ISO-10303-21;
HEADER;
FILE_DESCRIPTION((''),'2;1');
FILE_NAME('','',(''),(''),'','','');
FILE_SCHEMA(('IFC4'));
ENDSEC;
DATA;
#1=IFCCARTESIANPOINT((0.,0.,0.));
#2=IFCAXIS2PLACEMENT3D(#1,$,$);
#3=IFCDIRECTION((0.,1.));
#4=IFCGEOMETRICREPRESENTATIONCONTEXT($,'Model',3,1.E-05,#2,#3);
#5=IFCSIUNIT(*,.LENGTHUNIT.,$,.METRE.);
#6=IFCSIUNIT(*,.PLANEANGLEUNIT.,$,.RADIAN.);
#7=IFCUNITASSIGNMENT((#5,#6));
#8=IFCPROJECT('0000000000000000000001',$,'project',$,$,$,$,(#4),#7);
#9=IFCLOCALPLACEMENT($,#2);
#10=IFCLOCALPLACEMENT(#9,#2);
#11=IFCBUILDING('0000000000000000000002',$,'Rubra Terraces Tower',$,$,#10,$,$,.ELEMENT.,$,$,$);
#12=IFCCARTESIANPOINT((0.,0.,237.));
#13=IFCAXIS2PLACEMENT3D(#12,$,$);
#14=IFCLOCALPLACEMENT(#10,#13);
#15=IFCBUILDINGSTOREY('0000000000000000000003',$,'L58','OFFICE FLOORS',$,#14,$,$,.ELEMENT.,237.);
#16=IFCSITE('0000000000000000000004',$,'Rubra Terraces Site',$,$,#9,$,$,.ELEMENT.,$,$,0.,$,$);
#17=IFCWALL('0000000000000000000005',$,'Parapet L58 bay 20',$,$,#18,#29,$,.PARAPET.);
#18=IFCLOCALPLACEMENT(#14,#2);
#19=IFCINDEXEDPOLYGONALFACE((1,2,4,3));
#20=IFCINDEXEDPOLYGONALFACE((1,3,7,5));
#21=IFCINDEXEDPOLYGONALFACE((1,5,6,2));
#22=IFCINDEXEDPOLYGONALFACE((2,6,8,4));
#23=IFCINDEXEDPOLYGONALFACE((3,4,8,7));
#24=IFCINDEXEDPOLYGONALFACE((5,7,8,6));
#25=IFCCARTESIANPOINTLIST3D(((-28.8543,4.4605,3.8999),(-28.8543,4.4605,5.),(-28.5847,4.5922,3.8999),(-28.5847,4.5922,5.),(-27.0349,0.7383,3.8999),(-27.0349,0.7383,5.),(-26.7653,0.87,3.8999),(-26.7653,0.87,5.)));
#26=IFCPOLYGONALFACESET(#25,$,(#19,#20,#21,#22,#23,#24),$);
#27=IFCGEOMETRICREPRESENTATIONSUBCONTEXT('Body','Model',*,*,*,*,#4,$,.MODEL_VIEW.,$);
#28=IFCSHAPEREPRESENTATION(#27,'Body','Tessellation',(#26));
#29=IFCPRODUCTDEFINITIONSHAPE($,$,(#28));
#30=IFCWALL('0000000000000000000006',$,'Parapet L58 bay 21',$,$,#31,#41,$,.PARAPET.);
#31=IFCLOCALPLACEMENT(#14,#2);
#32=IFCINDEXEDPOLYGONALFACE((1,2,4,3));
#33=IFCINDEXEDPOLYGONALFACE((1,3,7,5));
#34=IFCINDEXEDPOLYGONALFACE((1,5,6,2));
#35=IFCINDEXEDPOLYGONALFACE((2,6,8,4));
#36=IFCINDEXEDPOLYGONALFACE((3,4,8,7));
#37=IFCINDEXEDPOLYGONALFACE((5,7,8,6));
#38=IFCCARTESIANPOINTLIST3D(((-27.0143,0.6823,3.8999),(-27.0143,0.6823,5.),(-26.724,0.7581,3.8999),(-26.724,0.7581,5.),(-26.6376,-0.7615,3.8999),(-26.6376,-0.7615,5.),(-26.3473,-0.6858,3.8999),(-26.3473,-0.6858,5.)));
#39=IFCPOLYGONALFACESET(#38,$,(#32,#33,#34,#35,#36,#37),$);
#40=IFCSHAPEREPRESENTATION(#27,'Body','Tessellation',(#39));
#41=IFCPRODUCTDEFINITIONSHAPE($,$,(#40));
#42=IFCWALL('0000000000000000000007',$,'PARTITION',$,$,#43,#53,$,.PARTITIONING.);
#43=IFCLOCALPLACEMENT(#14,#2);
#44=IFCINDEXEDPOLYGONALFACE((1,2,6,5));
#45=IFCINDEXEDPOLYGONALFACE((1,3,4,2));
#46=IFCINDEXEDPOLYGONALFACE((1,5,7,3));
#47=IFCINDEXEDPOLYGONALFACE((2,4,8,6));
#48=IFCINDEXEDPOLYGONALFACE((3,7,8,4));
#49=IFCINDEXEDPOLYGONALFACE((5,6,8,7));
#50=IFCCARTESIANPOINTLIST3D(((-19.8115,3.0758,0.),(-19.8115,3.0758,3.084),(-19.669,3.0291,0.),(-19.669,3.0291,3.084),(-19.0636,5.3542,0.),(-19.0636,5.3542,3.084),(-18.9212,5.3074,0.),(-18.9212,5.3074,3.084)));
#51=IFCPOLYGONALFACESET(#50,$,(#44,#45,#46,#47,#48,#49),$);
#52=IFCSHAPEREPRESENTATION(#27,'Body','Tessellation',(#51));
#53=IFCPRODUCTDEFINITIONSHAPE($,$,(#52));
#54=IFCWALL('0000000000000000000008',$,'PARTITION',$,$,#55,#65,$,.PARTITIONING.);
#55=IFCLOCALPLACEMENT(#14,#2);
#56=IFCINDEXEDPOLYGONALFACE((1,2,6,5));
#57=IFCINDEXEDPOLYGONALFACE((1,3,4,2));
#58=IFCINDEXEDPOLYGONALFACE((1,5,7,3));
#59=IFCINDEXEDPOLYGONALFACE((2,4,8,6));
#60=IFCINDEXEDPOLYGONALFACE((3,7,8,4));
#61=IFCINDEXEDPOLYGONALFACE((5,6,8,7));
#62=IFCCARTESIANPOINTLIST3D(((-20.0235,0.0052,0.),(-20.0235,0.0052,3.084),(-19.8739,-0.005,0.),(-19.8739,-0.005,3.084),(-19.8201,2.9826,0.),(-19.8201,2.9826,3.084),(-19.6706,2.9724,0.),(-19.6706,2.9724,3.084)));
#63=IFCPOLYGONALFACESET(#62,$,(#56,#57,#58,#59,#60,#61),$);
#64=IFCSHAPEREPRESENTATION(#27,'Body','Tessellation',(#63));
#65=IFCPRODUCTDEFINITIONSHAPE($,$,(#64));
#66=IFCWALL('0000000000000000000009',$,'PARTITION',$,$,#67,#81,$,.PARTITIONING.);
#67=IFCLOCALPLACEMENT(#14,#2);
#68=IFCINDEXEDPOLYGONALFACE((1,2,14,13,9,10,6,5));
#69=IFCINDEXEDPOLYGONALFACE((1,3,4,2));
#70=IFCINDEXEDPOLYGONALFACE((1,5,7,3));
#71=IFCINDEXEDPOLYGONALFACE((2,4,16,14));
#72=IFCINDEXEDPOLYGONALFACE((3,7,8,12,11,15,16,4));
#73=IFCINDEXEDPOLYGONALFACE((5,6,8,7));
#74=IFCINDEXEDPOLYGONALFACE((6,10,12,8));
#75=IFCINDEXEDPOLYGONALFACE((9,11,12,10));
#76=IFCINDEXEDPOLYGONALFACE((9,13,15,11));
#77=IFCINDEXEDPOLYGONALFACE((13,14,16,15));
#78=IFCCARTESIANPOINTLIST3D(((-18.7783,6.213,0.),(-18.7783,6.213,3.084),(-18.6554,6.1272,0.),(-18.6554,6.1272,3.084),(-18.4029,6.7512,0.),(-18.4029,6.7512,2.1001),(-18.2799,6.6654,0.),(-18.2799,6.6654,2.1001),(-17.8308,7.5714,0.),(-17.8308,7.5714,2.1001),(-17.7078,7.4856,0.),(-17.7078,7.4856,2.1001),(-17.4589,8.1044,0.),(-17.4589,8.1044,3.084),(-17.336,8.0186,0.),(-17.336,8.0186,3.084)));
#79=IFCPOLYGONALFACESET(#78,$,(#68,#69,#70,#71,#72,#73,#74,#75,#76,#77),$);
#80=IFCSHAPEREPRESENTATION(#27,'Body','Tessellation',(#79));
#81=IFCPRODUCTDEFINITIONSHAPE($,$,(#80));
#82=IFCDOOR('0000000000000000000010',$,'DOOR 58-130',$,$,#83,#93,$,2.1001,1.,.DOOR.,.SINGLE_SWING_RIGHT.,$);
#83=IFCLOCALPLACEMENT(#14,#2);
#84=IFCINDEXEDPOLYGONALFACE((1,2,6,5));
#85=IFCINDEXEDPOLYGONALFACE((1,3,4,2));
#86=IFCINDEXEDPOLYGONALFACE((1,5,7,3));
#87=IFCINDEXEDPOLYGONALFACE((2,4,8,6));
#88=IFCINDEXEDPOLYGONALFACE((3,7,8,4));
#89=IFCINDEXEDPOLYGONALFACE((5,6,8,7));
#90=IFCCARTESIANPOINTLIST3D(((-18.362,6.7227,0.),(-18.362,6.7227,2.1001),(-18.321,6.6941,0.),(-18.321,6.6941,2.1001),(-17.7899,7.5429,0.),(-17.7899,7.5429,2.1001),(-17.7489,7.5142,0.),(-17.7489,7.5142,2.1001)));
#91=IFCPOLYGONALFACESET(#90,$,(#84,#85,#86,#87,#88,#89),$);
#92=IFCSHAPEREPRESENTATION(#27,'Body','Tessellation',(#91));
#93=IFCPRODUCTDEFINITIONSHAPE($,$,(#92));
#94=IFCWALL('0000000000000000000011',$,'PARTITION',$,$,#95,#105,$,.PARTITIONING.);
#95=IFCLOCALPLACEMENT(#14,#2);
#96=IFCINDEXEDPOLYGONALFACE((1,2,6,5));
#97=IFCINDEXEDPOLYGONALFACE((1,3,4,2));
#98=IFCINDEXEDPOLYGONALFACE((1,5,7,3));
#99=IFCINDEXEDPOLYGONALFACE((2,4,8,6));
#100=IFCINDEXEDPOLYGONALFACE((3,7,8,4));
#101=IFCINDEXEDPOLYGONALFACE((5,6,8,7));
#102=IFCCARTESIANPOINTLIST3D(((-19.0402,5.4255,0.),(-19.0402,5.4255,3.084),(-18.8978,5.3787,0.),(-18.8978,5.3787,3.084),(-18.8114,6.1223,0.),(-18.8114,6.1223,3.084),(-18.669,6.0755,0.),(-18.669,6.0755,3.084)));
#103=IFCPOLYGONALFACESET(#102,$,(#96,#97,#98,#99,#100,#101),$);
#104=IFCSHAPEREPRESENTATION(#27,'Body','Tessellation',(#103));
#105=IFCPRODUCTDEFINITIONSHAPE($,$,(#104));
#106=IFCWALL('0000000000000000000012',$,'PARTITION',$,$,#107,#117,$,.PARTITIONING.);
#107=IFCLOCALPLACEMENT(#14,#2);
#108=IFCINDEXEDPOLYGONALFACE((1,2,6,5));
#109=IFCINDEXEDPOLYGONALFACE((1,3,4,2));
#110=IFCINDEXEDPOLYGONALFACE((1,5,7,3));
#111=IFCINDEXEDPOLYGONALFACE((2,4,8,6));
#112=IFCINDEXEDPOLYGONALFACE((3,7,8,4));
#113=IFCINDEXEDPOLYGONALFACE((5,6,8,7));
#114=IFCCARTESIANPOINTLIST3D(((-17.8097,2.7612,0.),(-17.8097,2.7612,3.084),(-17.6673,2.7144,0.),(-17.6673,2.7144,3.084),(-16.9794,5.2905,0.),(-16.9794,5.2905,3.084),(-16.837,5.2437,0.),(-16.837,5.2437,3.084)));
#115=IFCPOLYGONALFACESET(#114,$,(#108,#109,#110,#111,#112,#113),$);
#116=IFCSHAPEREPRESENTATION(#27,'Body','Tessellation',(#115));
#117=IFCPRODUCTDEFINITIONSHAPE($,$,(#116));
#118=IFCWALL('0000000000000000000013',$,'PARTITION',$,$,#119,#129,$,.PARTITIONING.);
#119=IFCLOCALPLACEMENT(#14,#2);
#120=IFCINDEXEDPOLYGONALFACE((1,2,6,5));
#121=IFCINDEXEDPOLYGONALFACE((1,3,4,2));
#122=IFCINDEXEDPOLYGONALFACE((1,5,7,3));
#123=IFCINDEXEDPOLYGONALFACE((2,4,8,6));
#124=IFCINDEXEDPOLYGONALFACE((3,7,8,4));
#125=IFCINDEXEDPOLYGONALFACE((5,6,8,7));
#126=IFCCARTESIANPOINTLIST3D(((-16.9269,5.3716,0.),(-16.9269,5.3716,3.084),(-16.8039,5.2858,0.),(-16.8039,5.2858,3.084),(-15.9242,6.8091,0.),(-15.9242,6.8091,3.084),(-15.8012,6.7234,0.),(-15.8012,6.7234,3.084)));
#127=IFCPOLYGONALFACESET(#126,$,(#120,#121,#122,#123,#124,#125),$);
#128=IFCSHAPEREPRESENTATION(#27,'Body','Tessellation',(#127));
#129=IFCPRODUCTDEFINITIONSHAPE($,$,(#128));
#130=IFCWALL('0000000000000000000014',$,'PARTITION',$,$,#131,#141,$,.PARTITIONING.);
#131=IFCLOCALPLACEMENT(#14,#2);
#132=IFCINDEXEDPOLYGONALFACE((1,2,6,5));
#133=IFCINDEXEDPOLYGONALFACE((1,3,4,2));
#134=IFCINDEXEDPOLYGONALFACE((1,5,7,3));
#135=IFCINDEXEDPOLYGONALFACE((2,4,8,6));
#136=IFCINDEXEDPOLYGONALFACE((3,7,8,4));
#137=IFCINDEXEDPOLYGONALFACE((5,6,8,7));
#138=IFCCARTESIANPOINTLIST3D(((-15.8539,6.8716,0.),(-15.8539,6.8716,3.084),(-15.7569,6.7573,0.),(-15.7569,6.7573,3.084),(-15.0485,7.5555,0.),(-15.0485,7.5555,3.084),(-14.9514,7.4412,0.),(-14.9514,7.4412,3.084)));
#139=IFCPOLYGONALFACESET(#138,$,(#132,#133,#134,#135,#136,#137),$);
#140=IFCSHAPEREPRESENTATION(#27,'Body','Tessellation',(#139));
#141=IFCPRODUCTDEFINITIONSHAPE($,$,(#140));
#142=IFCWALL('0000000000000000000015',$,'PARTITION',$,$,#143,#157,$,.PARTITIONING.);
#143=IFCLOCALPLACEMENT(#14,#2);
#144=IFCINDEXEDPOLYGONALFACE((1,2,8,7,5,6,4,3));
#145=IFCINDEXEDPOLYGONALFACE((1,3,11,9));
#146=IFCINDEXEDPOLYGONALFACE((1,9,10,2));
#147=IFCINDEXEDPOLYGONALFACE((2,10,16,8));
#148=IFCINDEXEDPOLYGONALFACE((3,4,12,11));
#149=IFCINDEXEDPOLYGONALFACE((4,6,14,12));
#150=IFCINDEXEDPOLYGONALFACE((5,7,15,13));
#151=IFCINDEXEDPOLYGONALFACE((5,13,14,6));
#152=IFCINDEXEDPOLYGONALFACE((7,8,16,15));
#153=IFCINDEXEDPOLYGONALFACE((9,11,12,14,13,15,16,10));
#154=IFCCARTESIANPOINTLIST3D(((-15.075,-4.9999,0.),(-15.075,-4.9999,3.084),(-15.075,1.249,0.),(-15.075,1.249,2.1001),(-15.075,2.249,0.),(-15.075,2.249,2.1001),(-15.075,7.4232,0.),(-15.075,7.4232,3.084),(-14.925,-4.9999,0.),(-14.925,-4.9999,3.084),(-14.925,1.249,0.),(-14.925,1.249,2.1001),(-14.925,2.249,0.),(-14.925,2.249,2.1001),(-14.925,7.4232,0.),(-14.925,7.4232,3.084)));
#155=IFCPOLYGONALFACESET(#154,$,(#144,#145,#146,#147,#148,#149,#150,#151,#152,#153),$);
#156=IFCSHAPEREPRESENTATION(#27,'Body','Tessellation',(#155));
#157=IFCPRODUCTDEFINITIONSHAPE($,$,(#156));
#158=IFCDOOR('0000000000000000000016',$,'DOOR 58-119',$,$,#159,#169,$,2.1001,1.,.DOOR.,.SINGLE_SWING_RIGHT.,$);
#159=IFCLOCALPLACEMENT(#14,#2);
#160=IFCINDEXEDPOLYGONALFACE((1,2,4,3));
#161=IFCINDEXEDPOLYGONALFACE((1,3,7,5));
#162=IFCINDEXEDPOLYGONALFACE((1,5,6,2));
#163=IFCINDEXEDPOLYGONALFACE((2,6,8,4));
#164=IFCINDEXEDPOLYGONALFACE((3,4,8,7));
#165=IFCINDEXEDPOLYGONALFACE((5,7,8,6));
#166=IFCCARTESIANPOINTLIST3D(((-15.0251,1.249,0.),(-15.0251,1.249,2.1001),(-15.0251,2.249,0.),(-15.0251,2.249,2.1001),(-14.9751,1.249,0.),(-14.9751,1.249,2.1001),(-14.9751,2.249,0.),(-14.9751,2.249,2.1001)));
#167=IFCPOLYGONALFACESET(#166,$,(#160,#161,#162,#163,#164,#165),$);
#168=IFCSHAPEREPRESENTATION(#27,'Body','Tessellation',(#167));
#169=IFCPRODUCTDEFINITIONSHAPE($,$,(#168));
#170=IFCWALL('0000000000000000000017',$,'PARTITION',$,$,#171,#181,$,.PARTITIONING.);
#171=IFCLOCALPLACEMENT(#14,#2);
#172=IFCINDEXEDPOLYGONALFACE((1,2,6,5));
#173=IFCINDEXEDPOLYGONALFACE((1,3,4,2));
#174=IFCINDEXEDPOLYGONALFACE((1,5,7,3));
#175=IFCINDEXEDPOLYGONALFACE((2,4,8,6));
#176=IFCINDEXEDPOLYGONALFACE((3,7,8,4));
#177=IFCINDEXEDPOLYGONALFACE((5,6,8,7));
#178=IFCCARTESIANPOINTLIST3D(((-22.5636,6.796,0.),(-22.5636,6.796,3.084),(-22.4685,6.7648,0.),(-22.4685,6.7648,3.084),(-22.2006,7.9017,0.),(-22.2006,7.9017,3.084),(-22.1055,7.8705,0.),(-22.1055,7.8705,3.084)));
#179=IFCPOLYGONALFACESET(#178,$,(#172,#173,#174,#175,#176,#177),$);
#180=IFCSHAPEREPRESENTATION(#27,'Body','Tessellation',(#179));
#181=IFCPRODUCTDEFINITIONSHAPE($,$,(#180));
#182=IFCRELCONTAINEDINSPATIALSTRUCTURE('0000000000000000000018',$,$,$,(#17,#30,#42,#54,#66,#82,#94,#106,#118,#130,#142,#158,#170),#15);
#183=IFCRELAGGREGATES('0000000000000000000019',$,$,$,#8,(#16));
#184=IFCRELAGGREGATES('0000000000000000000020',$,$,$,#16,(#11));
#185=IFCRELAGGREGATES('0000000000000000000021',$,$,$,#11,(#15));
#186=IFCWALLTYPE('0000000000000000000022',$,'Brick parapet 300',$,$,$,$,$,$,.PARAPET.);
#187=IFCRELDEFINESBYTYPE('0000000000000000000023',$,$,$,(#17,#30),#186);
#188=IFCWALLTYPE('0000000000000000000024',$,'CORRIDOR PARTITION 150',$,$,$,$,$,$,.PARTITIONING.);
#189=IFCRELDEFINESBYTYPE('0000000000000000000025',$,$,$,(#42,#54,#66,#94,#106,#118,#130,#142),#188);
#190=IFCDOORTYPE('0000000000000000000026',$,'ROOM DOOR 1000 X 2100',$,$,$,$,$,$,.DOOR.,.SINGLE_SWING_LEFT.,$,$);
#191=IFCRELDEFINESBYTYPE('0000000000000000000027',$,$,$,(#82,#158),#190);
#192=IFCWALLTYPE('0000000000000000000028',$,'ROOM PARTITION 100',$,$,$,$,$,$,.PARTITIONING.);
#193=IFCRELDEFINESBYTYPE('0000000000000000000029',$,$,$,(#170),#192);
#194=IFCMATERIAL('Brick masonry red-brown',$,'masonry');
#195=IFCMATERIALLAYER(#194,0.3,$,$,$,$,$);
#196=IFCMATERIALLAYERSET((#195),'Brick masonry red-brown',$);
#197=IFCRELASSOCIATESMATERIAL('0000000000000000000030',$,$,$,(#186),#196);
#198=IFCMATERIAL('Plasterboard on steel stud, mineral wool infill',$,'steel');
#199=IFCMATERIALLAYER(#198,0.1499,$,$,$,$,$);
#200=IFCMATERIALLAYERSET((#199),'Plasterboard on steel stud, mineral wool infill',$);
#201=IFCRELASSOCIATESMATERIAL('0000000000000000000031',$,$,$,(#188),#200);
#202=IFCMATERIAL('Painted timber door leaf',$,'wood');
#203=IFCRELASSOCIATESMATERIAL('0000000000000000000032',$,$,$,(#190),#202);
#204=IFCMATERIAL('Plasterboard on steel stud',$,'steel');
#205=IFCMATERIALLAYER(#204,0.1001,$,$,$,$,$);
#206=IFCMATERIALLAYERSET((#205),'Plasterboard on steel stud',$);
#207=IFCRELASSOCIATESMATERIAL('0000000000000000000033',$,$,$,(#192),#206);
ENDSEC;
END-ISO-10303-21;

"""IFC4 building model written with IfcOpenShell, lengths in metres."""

from ifc_helpers import new_model, si_unit, direction, frame, frame_2d, origin, place, context, subcontext, project, spatial, rectangle, extrude, material, layer, layer_set, type_object, element, fill, save


model = new_model("IFC4")

# Units and contexts
model_context = context("Model", 3, precision=1e-05, world=origin(), true_north=direction((0.0, 1.0)))
body_context = subcontext(model_context, "Body", "Model", "MODEL_VIEW")
ifc_project = project(units=[si_unit("LENGTHUNIT", "METRE"), si_unit("PLANEANGLEUNIT", "RADIAN")], contexts=[model_context])

# Site, building, storey
site_placement = place(None, origin())
site = spatial("IfcSite", under=ifc_project, at=site_placement, Name="Rubra Terraces Site", CompositionType="ELEMENT", RefElevation=0.0)
building_placement = place(site_placement, origin())
building = spatial("IfcBuilding", under=site, at=building_placement, Name="Rubra Terraces Tower", CompositionType="ELEMENT")
storey_placement = place(building_placement, frame((0.0, 0.0, 237.0)))
storey = spatial("IfcBuildingStorey", under=building, at=storey_placement, Name="L58", Description="OFFICE FLOORS", CompositionType="ELEMENT", Elevation=237.0)

# Shared definitions
ifc_material_1 = material(Name="Brick masonry red-brown", Category="masonry")

# Walls
ifc_layer_1 = layer(ifc_material_1, 0.3)
ifc_layer_set_1 = layer_set([ifc_layer_1], Name="Brick masonry red-brown")
wall_type_1 = type_object("IfcWallType", Name="Brick parapet 300", PredefinedType="PARAPET", material=ifc_layer_set_1)
wall_1_placement = place(storey_placement, frame((-28.7195, 4.5264, 3.8999), z_axis=(0.0, 0.0, 1.0), x_axis=(0.439134, -0.898422, 0.0)))
element("IfcWall", 1, at=wall_1_placement, inside=storey, type_object=wall_type_1, Name="Parapet L58 bay 20", PredefinedType="PARAPET", context=body_context, shape_type="SweptSolid", body=[
    extrude(rectangle(XDim=4.1431, YDim=0.3, at=frame_2d((2.0715, 0.0))), origin(), (0.0, 0.0, 1.0), 1.1001),
])
wall_2_placement = place(storey_placement, frame((-26.8691, 0.7202, 3.8999), z_axis=(0.0, 0.0, 1.0), x_axis=(0.252455, -0.967609, 0.0)))
element("IfcWall", 2, at=wall_2_placement, inside=storey, type_object=wall_type_1, Name="Parapet L58 bay 21", PredefinedType="PARAPET", context=body_context, shape_type="SweptSolid", body=[
    extrude(rectangle(XDim=1.4922, YDim=0.3, at=frame_2d((0.7461, 0.0))), origin(), (0.0, 0.0, 1.0), 1.1001),
])
ifc_material_2 = material(Name="Plasterboard on steel stud, mineral wool infill", Category="steel")
ifc_layer_2 = layer(ifc_material_2, 0.1499)
ifc_layer_set_2 = layer_set([ifc_layer_2], Name="Plasterboard on steel stud, mineral wool infill")
wall_type_2 = type_object("IfcWallType", Name="CORRIDOR PARTITION 150", PredefinedType="PARTITIONING", material=ifc_layer_set_2)
wall_3_placement = place(storey_placement, frame((-18.9924, 5.3308, 0.0), z_axis=(0.0, 0.0, 1.0), x_axis=(-0.311857, -0.950129, 0.0)))
element("IfcWall", 3, at=wall_3_placement, inside=storey, type_object=wall_type_2, Name="PARTITION", PredefinedType="PARTITIONING", context=body_context, shape_type="SweptSolid", body=[
    extrude(rectangle(XDim=2.3979, YDim=0.1499, at=frame_2d((1.199, 0.0))), origin(), (0.0, 0.0, 1.0), 3.084),
])
wall_4_placement = place(storey_placement, frame((-19.7454, 2.9775, 0.0), z_axis=(0.0, 0.0, 1.0), x_axis=(-0.068142, -0.997676, 0.0)))
element("IfcWall", 4, at=wall_4_placement, inside=storey, type_object=wall_type_2, Name="PARTITION", PredefinedType="PARTITIONING", context=body_context, shape_type="SweptSolid", body=[
    extrude(rectangle(XDim=2.9844, YDim=0.1499, at=frame_2d((1.4922, 0.0))), origin(), (0.0, 0.0, 1.0), 3.084),
])

# Wall, opening, door
wall_5_placement = place(storey_placement, frame((-17.3975, 8.0615, 0.0), z_axis=(0.0, 0.0, 1.0), x_axis=(-0.572119, -0.820171, 0.0)))
wall_5 = element("IfcWall", 5, at=wall_5_placement, inside=storey, type_object=wall_type_2, Name="PARTITION", PredefinedType="PARTITIONING", context=body_context, shape_type="SweptSolid", body=[
    extrude(rectangle(XDim=2.3062, YDim=0.1499, at=frame_2d((1.1531, 0.0))), origin(), (0.0, 0.0, 1.0), 3.084),
])
opening_1_placement = place(wall_5_placement, frame((0.6499, 0.0, 0.0)))
opening_1 = element("IfcOpeningElement", 6, at=opening_1_placement, cuts=wall_5, PredefinedType="OPENING", context=body_context, shape_type="SweptSolid", body=[
    extrude(rectangle(XDim=1.0, YDim=2.1001, at=frame_2d((0.5, 1.05))), frame((0.0, 0.085, 0.0), z_axis=(0.0, -1.0, 0.0), x_axis=(1.0, 0.0, 0.0)), (0.0, 0.0, 1.0), 0.1699),
])
ifc_material_3 = material(Name="Painted timber door leaf", Category="wood")
door_type = type_object("IfcDoorType", Name="ROOM DOOR 1000 X 2100", OperationType="SINGLE_SWING_LEFT", PredefinedType="DOOR", material=ifc_material_3)
door_1_placement = place(opening_1_placement, origin())
door_1 = element("IfcDoor", 7, at=door_1_placement, inside=storey, type_object=door_type, Name="DOOR 58-130", OperationType="SINGLE_SWING_RIGHT", OverallHeight=2.1001, OverallWidth=1.0, PredefinedType="DOOR", context=body_context, shape_type="SweptSolid", body=[
    extrude(rectangle(XDim=1.0, YDim=2.1001, at=frame_2d((0.5, 1.05))), frame((0.0, 0.0249, 0.0), z_axis=(0.0, -1.0, 0.0), x_axis=(1.0, 0.0, 0.0)), (0.0, 0.0, 1.0), 0.05),
])
fill(opening_1, door_1)

# Walls
wall_6_placement = place(storey_placement, frame((-18.7402, 6.0989, 0.0), z_axis=(0.0, 0.0, 1.0), x_axis=(-0.31193, -0.950105, 0.0)))
element("IfcWall", 8, at=wall_6_placement, inside=storey, type_object=wall_type_2, Name="PARTITION", PredefinedType="PARTITIONING", context=body_context, shape_type="SweptSolid", body=[
    extrude(rectangle(XDim=0.7334, YDim=0.1499, at=frame_2d((0.3667, 0.0))), origin(), (0.0, 0.0, 1.0), 3.084),
])
wall_7_placement = place(storey_placement, frame((-17.7385, 2.7378, 0.0), z_axis=(0.0, 0.0, 1.0), x_axis=(0.311905, 0.950113, 0.0)))
element("IfcWall", 9, at=wall_7_placement, inside=storey, type_object=wall_type_2, Name="PARTITION", PredefinedType="PARTITIONING", context=body_context, shape_type="SweptSolid", body=[
    extrude(rectangle(XDim=2.6621, YDim=0.1499, at=frame_2d((1.3311, 0.0))), origin(), (0.0, 0.0, 1.0), 3.084),
])
wall_8_placement = place(storey_placement, frame((-16.8655, 5.3286, 0.0), z_axis=(0.0, 0.0, 1.0), x_axis=(0.572097, 0.820186, 0.0)))
element("IfcWall", 10, at=wall_8_placement, inside=storey, type_object=wall_type_2, Name="PARTITION", PredefinedType="PARTITIONING", context=body_context, shape_type="SweptSolid", body=[
    extrude(rectangle(XDim=1.7527, YDim=0.1499, at=frame_2d((0.8765, 0.0))), origin(), (0.0, 0.0, 1.0), 3.084),
])
wall_9_placement = place(storey_placement, frame((-15.8054, 6.8145, 0.0), z_axis=(0.0, 0.0, 1.0), x_axis=(0.762298, 0.647226, 0.0)))
element("IfcWall", 11, at=wall_9_placement, inside=storey, type_object=wall_type_2, Name="PARTITION", PredefinedType="PARTITIONING", context=body_context, shape_type="SweptSolid", body=[
    extrude(rectangle(XDim=1.0566, YDim=0.1499, at=frame_2d((0.5283, 0.0))), origin(), (0.0, 0.0, 1.0), 3.084),
])

# Wall, opening, door
wall_10_placement = place(storey_placement, frame((-15.0, 7.4231, 0.0), z_axis=(0.0, 0.0, 1.0), x_axis=(0.0, -1.0, 0.0)))
wall_10 = element("IfcWall", 12, at=wall_10_placement, inside=storey, type_object=wall_type_2, Name="PARTITION", PredefinedType="PARTITIONING", context=body_context, shape_type="SweptSolid", body=[
    extrude(rectangle(XDim=12.4231, YDim=0.1499, at=frame_2d((6.2114, 0.0))), origin(), (0.0, 0.0, 1.0), 3.084),
])
opening_2_placement = place(wall_10_placement, frame((5.1741, 0.0, 0.0)))
opening_2 = element("IfcOpeningElement", 13, at=opening_2_placement, cuts=wall_10, PredefinedType="OPENING", context=body_context, shape_type="SweptSolid", body=[
    extrude(rectangle(XDim=1.0, YDim=2.1001, at=frame_2d((0.5, 1.05))), frame((0.0, 0.085, 0.0), z_axis=(0.0, -1.0, 0.0), x_axis=(1.0, 0.0, 0.0)), (0.0, 0.0, 1.0), 0.1699),
])
door_2_placement = place(opening_2_placement, origin())
door_2 = element("IfcDoor", 14, at=door_2_placement, inside=storey, type_object=door_type, Name="DOOR 58-119", OperationType="SINGLE_SWING_RIGHT", OverallHeight=2.1001, OverallWidth=1.0, PredefinedType="DOOR", context=body_context, shape_type="SweptSolid", body=[
    extrude(rectangle(XDim=1.0, YDim=2.1001, at=frame_2d((0.5, 1.05))), frame((0.0, 0.0249, 0.0), z_axis=(0.0, -1.0, 0.0), x_axis=(1.0, 0.0, 0.0)), (0.0, 0.0, 1.0), 0.05),
])
fill(opening_2, door_2)

# Wall
ifc_material_4 = material(Name="Plasterboard on steel stud", Category="steel")
ifc_layer_3 = layer(ifc_material_4, 0.1001)
ifc_layer_set_3 = layer_set([ifc_layer_3], Name="Plasterboard on steel stud")
wall_type_3 = type_object("IfcWallType", Name="ROOM PARTITION 100", PredefinedType="PARTITIONING", material=ifc_layer_set_3)
wall_11_placement = place(storey_placement, frame((-22.5161, 6.7803, 0.0), z_axis=(0.0, 0.0, 1.0), x_axis=(0.311945, 0.9501, 0.0)))
element("IfcWall", 15, at=wall_11_placement, inside=storey, type_object=wall_type_3, Name="PARTITION", PredefinedType="PARTITIONING", context=body_context, shape_type="SweptSolid", body=[
    extrude(rectangle(XDim=1.1638, YDim=0.1001, at=frame_2d((0.582, 0.0))), origin(), (0.0, 0.0, 1.0), 3.084),
])

save(model, "model.ifc")
